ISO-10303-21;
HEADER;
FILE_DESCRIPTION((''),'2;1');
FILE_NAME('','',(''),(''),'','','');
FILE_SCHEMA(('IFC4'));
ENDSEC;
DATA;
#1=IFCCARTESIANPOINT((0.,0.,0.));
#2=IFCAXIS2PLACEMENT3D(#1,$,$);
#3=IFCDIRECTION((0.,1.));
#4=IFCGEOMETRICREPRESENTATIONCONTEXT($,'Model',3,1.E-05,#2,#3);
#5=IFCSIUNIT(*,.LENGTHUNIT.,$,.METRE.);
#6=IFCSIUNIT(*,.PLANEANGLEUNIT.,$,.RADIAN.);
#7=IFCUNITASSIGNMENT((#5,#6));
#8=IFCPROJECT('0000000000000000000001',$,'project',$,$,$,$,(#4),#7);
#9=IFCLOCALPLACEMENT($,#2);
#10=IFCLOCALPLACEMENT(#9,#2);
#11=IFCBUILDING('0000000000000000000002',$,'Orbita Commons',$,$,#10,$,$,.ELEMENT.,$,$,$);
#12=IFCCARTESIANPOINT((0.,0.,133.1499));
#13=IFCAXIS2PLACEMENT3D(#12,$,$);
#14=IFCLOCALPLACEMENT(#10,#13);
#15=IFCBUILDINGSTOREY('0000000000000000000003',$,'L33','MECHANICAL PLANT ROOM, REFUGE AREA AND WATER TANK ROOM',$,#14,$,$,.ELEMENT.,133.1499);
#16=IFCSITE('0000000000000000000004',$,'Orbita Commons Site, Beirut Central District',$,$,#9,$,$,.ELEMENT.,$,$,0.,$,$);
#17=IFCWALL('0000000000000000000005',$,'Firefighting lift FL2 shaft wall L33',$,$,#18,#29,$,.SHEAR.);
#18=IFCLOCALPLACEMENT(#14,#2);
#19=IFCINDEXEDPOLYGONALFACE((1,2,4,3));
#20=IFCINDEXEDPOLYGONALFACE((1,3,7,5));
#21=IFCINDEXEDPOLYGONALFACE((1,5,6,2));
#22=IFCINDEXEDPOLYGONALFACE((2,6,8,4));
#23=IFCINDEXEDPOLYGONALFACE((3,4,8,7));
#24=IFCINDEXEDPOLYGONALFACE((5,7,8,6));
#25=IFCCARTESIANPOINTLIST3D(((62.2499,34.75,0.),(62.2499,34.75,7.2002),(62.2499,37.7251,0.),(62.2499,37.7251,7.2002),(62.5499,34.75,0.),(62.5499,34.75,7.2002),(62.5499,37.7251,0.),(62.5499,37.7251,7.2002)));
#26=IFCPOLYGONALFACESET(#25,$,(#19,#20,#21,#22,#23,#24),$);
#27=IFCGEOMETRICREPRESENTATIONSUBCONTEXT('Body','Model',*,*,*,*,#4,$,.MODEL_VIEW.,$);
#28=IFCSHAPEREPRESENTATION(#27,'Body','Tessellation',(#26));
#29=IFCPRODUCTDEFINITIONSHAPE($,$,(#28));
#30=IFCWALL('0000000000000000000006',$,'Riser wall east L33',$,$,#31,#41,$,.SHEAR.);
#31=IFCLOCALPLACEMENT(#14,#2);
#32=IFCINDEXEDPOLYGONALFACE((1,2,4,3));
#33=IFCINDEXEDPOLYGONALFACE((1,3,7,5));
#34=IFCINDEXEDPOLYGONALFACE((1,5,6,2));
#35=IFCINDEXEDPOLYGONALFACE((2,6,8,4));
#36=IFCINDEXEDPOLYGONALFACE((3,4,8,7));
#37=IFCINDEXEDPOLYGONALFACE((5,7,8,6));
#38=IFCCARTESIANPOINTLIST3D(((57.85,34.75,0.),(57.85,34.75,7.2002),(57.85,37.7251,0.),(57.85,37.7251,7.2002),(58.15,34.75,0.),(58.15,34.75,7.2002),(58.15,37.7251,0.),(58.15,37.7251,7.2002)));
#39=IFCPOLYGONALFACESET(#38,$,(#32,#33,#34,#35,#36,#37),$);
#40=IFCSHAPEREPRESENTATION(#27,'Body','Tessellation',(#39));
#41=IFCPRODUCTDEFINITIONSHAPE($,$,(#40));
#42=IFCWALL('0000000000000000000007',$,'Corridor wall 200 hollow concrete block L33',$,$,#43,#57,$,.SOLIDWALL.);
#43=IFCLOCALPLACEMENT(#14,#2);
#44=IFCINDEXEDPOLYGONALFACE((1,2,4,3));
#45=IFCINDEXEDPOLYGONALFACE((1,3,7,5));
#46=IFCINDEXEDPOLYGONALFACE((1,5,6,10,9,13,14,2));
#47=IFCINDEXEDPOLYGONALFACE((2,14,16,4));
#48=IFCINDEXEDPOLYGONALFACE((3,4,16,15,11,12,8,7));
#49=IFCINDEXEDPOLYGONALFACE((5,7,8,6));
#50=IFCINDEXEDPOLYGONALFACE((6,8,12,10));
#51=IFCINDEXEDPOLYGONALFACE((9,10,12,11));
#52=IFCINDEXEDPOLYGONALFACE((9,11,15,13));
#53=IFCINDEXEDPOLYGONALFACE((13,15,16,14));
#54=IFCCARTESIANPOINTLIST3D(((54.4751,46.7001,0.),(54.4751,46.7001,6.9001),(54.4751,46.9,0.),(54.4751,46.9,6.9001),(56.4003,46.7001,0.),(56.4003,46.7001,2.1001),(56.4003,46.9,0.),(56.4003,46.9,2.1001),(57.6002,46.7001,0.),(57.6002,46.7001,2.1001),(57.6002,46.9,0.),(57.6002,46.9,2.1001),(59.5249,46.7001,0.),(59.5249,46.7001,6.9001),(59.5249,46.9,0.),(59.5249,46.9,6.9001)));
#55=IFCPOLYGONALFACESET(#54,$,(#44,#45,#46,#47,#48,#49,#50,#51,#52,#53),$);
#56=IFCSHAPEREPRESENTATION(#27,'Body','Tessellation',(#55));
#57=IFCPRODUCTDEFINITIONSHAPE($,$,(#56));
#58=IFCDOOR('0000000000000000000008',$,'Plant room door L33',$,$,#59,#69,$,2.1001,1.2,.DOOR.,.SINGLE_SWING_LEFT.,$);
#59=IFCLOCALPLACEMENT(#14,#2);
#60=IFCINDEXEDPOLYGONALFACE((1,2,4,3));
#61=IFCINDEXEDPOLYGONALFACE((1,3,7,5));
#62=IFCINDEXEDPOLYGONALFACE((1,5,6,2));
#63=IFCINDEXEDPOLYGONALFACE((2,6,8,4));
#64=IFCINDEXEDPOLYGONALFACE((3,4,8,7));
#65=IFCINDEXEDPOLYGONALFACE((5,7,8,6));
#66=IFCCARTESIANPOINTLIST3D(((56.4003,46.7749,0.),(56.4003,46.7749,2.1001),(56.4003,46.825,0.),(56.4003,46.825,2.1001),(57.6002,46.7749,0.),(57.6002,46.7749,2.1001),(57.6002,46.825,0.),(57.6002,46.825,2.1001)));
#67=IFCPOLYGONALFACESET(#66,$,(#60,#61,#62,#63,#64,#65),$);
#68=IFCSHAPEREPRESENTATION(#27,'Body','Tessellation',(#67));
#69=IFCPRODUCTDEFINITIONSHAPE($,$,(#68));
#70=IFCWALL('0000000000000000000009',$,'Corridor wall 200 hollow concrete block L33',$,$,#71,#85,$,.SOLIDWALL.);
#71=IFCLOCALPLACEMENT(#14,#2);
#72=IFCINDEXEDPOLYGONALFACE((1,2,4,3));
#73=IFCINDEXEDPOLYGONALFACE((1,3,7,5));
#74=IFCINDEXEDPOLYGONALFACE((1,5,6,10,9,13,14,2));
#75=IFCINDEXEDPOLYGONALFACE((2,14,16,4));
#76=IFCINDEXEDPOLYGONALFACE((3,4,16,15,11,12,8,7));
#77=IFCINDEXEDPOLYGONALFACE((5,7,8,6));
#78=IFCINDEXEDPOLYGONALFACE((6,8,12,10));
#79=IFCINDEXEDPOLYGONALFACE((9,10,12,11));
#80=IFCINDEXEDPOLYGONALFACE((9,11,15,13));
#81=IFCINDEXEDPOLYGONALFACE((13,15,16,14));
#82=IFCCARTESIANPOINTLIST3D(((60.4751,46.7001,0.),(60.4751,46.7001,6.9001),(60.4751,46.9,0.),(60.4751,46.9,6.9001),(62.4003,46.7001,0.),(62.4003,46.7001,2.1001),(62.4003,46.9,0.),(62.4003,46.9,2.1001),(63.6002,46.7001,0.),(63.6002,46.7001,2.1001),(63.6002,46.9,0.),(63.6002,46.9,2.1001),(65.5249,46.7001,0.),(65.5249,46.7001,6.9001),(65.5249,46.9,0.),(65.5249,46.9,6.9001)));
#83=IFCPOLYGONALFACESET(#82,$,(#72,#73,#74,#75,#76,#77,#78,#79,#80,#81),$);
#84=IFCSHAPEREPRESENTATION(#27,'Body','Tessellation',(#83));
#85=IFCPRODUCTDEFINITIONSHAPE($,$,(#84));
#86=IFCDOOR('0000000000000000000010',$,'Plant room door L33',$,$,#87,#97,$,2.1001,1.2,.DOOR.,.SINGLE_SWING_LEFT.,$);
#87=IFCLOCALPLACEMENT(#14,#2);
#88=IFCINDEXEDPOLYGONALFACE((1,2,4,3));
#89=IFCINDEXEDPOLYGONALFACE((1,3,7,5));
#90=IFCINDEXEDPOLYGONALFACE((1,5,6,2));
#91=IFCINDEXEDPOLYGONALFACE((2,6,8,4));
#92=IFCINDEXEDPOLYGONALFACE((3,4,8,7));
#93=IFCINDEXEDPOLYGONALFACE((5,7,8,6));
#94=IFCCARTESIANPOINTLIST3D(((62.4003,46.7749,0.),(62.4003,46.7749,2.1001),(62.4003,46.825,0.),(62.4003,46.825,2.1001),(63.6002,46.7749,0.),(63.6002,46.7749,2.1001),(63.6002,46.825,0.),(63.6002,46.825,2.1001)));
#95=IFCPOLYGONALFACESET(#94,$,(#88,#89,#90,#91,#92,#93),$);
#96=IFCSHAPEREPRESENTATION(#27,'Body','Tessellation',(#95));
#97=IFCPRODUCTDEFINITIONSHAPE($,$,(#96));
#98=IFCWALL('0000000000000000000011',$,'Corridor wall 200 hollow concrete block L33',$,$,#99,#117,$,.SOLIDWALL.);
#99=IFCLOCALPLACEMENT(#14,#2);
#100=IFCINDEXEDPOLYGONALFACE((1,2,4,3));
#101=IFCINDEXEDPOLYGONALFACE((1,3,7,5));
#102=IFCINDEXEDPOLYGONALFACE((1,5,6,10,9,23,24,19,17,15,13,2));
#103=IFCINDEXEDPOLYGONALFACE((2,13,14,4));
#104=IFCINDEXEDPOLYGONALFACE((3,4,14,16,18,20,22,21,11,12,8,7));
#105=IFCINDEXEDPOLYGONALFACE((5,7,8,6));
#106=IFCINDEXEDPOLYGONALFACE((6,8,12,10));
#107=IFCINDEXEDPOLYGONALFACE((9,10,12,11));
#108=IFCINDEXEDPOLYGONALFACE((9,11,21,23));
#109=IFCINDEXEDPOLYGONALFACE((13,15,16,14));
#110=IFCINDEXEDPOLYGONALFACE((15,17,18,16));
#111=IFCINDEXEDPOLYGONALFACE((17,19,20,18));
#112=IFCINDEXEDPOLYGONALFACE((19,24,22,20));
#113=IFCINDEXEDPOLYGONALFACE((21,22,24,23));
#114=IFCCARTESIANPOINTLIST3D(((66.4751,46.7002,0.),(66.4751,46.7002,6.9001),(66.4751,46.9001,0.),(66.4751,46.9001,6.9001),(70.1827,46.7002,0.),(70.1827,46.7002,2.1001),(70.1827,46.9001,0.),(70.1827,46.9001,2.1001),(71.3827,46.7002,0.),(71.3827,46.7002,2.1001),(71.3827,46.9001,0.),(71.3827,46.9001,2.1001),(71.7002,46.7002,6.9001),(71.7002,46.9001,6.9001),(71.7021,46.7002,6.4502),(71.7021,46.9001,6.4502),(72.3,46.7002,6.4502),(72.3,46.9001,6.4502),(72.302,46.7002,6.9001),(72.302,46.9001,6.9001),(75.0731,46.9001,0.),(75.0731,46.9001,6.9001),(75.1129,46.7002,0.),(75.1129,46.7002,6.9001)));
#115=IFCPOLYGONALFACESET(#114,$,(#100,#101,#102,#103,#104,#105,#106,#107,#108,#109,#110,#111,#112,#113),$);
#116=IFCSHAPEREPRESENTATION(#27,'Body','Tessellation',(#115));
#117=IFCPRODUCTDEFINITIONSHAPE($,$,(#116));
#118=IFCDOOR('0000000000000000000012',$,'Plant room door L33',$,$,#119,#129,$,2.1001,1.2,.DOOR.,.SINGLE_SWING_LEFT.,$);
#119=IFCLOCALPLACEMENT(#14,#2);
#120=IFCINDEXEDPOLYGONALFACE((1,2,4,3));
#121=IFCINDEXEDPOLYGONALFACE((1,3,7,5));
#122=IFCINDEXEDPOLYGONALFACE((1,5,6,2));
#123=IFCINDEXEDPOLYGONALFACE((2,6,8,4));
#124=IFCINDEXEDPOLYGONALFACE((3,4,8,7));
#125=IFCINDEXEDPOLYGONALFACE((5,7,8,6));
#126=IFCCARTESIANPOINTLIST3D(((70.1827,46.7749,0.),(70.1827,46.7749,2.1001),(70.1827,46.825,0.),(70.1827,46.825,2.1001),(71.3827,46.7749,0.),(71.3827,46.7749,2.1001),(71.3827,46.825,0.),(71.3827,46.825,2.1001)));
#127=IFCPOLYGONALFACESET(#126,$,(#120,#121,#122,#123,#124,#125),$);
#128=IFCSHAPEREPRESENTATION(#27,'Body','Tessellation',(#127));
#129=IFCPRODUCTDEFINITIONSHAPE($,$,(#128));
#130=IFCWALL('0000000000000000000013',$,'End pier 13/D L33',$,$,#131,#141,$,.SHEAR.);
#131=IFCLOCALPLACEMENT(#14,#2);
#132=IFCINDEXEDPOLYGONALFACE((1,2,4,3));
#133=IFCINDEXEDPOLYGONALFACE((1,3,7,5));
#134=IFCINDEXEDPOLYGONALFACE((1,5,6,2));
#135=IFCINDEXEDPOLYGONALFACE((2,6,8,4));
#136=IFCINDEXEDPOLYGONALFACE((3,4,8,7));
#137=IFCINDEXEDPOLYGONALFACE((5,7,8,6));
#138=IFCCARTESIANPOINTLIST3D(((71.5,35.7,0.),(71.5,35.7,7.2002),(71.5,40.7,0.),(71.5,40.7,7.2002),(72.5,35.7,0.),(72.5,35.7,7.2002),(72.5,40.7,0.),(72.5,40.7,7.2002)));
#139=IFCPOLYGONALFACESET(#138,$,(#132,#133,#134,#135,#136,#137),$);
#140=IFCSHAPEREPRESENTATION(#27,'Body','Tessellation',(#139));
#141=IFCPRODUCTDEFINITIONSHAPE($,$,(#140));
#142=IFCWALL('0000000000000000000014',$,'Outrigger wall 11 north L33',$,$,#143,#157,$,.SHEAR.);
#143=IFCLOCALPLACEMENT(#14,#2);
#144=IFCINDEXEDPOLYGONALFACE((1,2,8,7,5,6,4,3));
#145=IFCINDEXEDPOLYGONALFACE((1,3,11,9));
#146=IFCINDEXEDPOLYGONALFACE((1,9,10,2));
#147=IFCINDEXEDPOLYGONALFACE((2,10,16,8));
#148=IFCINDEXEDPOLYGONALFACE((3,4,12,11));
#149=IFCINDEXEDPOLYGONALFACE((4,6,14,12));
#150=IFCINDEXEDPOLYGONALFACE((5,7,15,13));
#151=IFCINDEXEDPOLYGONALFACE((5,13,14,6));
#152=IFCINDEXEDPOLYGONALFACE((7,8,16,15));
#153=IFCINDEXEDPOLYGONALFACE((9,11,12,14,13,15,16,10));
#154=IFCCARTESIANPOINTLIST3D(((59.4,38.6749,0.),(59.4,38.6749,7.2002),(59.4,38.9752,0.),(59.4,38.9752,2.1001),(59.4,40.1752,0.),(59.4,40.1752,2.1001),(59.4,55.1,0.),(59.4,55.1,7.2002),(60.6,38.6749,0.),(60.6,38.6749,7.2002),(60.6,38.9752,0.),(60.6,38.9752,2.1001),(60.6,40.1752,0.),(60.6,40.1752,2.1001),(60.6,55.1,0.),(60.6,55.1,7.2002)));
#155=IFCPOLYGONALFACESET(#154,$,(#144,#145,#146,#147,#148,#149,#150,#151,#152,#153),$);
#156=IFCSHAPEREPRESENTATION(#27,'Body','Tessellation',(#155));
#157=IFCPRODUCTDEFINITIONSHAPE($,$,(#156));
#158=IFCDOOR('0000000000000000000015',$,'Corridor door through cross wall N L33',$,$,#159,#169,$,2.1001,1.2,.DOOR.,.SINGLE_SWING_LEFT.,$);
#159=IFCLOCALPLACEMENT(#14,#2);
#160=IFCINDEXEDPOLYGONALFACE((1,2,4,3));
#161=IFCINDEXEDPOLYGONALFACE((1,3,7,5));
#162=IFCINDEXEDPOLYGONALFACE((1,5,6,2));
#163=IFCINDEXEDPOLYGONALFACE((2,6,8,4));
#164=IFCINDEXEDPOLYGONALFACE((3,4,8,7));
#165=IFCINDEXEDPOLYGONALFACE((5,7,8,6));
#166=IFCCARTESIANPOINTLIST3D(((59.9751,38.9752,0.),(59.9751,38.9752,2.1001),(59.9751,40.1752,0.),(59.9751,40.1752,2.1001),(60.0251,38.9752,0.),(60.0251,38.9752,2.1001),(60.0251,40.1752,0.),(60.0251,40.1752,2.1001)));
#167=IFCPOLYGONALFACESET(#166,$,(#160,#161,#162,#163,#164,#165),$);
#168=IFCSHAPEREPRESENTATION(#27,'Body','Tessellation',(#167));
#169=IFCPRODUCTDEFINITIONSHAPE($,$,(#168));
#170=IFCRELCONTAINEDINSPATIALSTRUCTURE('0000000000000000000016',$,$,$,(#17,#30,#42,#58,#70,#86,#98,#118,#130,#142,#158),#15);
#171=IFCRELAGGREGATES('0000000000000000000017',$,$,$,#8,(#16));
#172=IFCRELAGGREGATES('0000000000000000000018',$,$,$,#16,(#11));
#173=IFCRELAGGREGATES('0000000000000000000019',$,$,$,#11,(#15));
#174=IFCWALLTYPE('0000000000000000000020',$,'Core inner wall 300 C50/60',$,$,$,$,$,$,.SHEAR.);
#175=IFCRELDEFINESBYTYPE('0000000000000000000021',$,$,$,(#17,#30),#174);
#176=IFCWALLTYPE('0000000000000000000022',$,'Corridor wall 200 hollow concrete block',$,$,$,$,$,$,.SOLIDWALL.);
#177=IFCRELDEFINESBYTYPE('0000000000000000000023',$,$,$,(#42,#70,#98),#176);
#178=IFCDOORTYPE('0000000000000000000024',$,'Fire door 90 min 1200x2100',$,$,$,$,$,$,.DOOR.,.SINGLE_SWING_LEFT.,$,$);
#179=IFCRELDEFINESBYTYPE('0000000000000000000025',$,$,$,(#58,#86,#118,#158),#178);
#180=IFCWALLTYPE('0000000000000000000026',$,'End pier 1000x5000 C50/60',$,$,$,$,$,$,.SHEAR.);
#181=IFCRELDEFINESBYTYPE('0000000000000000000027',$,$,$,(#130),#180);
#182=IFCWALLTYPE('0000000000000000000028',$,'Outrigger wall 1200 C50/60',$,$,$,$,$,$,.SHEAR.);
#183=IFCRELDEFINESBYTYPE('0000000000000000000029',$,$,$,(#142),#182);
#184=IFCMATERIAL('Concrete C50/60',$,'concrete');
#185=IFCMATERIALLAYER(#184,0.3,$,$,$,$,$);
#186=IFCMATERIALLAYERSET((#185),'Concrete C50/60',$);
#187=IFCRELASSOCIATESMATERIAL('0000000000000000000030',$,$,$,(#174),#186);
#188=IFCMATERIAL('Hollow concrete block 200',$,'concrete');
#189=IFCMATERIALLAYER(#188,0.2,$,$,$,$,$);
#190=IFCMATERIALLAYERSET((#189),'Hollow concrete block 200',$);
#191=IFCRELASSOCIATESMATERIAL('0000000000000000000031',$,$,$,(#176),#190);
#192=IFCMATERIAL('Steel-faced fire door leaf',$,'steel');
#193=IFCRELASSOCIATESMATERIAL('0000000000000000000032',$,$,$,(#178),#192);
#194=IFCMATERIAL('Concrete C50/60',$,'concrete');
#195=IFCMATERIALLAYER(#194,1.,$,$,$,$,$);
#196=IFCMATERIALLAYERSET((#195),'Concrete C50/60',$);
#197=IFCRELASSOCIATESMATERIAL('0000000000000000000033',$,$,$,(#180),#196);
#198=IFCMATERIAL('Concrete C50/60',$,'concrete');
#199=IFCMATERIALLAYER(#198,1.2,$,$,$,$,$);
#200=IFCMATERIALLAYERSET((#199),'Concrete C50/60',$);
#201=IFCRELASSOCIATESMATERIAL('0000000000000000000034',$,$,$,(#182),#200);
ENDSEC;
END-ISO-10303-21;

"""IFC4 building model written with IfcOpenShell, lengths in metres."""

from ifc_helpers import new_model, si_unit, direction, frame, frame_2d, origin, place, context, subcontext, project, spatial, polyline, rectangle, outline, extrude, clip, halfspace, material, layer, layer_set, type_object, element, fill, save


model = new_model("IFC4")

# Units and contexts
model_context = context("Model", 3, precision=1e-05, world=origin(), true_north=direction((0.0, 1.0)))
body_context = subcontext(model_context, "Body", "Model", "MODEL_VIEW")
ifc_project = project(units=[si_unit("LENGTHUNIT", "METRE"), si_unit("PLANEANGLEUNIT", "RADIAN")], contexts=[model_context])

# Site, building, storey
site_placement = place(None, origin())
site = spatial("IfcSite", under=ifc_project, at=site_placement, Name="Orbita Commons Site, Beirut Central District", CompositionType="ELEMENT", RefElevation=0.0)
building_placement = place(site_placement, origin())
building = spatial("IfcBuilding", under=site, at=building_placement, Name="Orbita Commons", CompositionType="ELEMENT")
storey_placement = place(building_placement, frame((0.0, 0.0, 133.1499)))
storey = spatial("IfcBuildingStorey", under=building, at=storey_placement, Name="L33", Description="MECHANICAL PLANT ROOM, REFUGE AREA AND WATER TANK ROOM", CompositionType="ELEMENT", Elevation=133.1499)

# Shared definitions
ifc_material_1 = material(Name="Concrete C50/60", Category="concrete")
ifc_layer_1 = layer(ifc_material_1, 0.3)
ifc_layer_set_1 = layer_set([ifc_layer_1], Name="Concrete C50/60")
wall_type_1 = type_object("IfcWallType", Name="Core inner wall 300 C50/60", PredefinedType="SHEAR", material=ifc_layer_set_1)

# Walls
for number, where, z_axis, x_axis, name in (
    (1, (62.3999, 34.75, 0.0), (0.0, 0.0, 1.0), (0.0, 1.0, 0.0), "Firefighting lift FL2 shaft wall L33"),
    (2, (58.0, 34.75, 0.0), (0.0, 0.0, 1.0), (0.0, 1.0, 0.0), "Riser wall east L33"),
):
    element("IfcWall", number, at=place(storey_placement, frame(where, z_axis=z_axis, x_axis=x_axis)), inside=storey, type_object=wall_type_1, Name=name, PredefinedType="SHEAR", context=body_context, shape_type="SweptSolid", body=[
        extrude(rectangle(XDim=2.9751, YDim=0.3, at=frame_2d((1.4875, 0.0))), origin(), (0.0, 0.0, 1.0), 7.2002),
    ])

# Walls, openings, doors
ifc_material_2 = material(Name="Hollow concrete block 200", Category="concrete")
ifc_layer_2 = layer(ifc_material_2, 0.2)
ifc_layer_set_2 = layer_set([ifc_layer_2], Name="Hollow concrete block 200")
wall_type_2 = type_object("IfcWallType", Name="Corridor wall 200 hollow concrete block", PredefinedType="SOLIDWALL", material=ifc_layer_set_2)
wall_1_placement = place(storey_placement, frame((54.4751, 46.8, 0.0), z_axis=(0.0, 0.0, 1.0), x_axis=(1.0, 0.0, 0.0)))
wall_1 = element("IfcWall", 3, at=wall_1_placement, inside=storey, type_object=wall_type_2, Name="Corridor wall 200 hollow concrete block L33", PredefinedType="SOLIDWALL", context=body_context, shape_type="SweptSolid", body=[
    extrude(rectangle(XDim=5.0498, YDim=0.2, at=frame_2d((2.5249, 0.0))), origin(), (0.0, 0.0, 1.0), 6.9001),
])
opening_1_placement = place(wall_1_placement, frame((1.925, 0.0, 0.0)))
opening_1 = element("IfcOpeningElement", 4, at=opening_1_placement, cuts=wall_1, PredefinedType="OPENING", context=body_context, shape_type="SweptSolid", body=[
    extrude(rectangle(XDim=1.2, YDim=2.1001, at=frame_2d((0.6001, 1.05))), frame((0.0, 0.1099, 0.0), z_axis=(0.0, -1.0, 0.0), x_axis=(1.0, 0.0, 0.0)), (0.0, 0.0, 1.0), 0.22),
])
ifc_material_3 = material(Name="Steel-faced fire door leaf", Category="steel")
door_type_1 = type_object("IfcDoorType", Name="Fire door 90 min 1200x2100", OperationType="SINGLE_SWING_LEFT", PredefinedType="DOOR", material=ifc_material_3)
door_1_placement = place(opening_1_placement, origin())
door_1 = element("IfcDoor", 5, at=door_1_placement, inside=storey, type_object=door_type_1, Name="Plant room door L33", OperationType="SINGLE_SWING_LEFT", OverallHeight=2.1001, OverallWidth=1.2, PredefinedType="DOOR", context=body_context, shape_type="SweptSolid", body=[
    extrude(rectangle(XDim=1.2, YDim=2.1001, at=frame_2d((0.6001, 1.05))), frame((0.0, 0.0249, 0.0), z_axis=(0.0, -1.0, 0.0), x_axis=(1.0, 0.0, 0.0)), (0.0, 0.0, 1.0), 0.05),
])
fill(opening_1, door_1)
wall_2_placement = place(storey_placement, frame((60.4751, 46.8, 0.0), z_axis=(0.0, 0.0, 1.0), x_axis=(1.0, 0.0, 0.0)))
wall_2 = element("IfcWall", 6, at=wall_2_placement, inside=storey, type_object=wall_type_2, Name="Corridor wall 200 hollow concrete block L33", PredefinedType="SOLIDWALL", context=body_context, shape_type="SweptSolid", body=[
    extrude(rectangle(XDim=5.0498, YDim=0.2, at=frame_2d((2.5249, 0.0))), origin(), (0.0, 0.0, 1.0), 6.9001),
])
opening_2_placement = place(wall_2_placement, frame((1.925, 0.0, 0.0)))
opening_2 = element("IfcOpeningElement", 7, at=opening_2_placement, cuts=wall_2, PredefinedType="OPENING", context=body_context, shape_type="SweptSolid", body=[
    extrude(rectangle(XDim=1.2, YDim=2.1001, at=frame_2d((0.6001, 1.05))), frame((0.0, 0.1099, 0.0), z_axis=(0.0, -1.0, 0.0), x_axis=(1.0, 0.0, 0.0)), (0.0, 0.0, 1.0), 0.22),
])
door_2_placement = place(opening_2_placement, origin())
door_2 = element("IfcDoor", 8, at=door_2_placement, inside=storey, type_object=door_type_1, Name="Plant room door L33", OperationType="SINGLE_SWING_LEFT", OverallHeight=2.1001, OverallWidth=1.2, PredefinedType="DOOR", context=body_context, shape_type="SweptSolid", body=[
    extrude(rectangle(XDim=1.2, YDim=2.1001, at=frame_2d((0.6001, 1.05))), frame((0.0, 0.0249, 0.0), z_axis=(0.0, -1.0, 0.0), x_axis=(1.0, 0.0, 0.0)), (0.0, 0.0, 1.0), 0.05),
])
fill(opening_2, door_2)
wall_3_placement = place(storey_placement, frame((66.4751, 46.8, 0.0), z_axis=(0.0, 0.0, 1.0), x_axis=(1.0, 0.0, 0.0)))
wall_3 = element("IfcWall", 9, at=wall_3_placement, inside=storey, type_object=wall_type_2, Name="Corridor wall 200 hollow concrete block L33", PredefinedType="SOLIDWALL", context=body_context, shape_type="Clipping", body=[
    clip(clip(extrude(outline(polyline([(-0.0298, 0.0), (8.6477, 0.0), (8.6477, 6.9001), (5.8269, 6.9001), (5.825, 6.4502), (5.2271, 6.4502), (5.2251, 6.9001), (-0.0298, 6.9001), (-0.0298, 0.0)])), frame((0.0, 0.1001, 0.0), z_axis=(0.0, -1.0, 0.0), x_axis=(1.0, 0.0, 0.0)), (0.0, 0.0, 1.0), 0.2), halfspace(frame((0.0, 0.0, 0.0), z_axis=(-1.0, 0.0, 0.0)), False)), halfspace(frame((8.6179, 0.0, 0.0), z_axis=(0.980788, 0.195078, 0.0)), False)),
])
opening_3_placement = place(wall_3_placement, frame((3.7075, 0.0, 0.0)))
opening_3 = element("IfcOpeningElement", 10, at=opening_3_placement, cuts=wall_3, PredefinedType="OPENING", context=body_context, shape_type="SweptSolid", body=[
    extrude(rectangle(XDim=1.2, YDim=2.1001, at=frame_2d((0.6001, 1.05))), frame((0.0, 0.1099, 0.0), z_axis=(0.0, -1.0, 0.0), x_axis=(1.0, 0.0, 0.0)), (0.0, 0.0, 1.0), 0.22),
])
door_3_placement = place(opening_3_placement, origin())
door_3 = element("IfcDoor", 11, at=door_3_placement, inside=storey, type_object=door_type_1, Name="Plant room door L33", OperationType="SINGLE_SWING_LEFT", OverallHeight=2.1001, OverallWidth=1.2, PredefinedType="DOOR", context=body_context, shape_type="SweptSolid", body=[
    extrude(rectangle(XDim=1.2, YDim=2.1001, at=frame_2d((0.6001, 1.05))), frame((0.0, 0.0249, 0.0), z_axis=(0.0, -1.0, 0.0), x_axis=(1.0, 0.0, 0.0)), (0.0, 0.0, 1.0), 0.05),
])
fill(opening_3, door_3)

# Wall
ifc_material_4 = material(Name="Concrete C50/60", Category="concrete")
ifc_layer_3 = layer(ifc_material_4, 1.0)
ifc_layer_set_3 = layer_set([ifc_layer_3], Name="Concrete C50/60")
wall_type_3 = type_object("IfcWallType", Name="End pier 1000x5000 C50/60", PredefinedType="SHEAR", material=ifc_layer_set_3)
wall_4_placement = place(storey_placement, frame((72.0, 35.7, 0.0), z_axis=(0.0, 0.0, 1.0), x_axis=(0.0, 1.0, 0.0)))
element("IfcWall", 12, at=wall_4_placement, inside=storey, type_object=wall_type_3, Name="End pier 13/D L33", PredefinedType="SHEAR", context=body_context, shape_type="SweptSolid", body=[
    extrude(rectangle(XDim=5.0, YDim=1.0, at=frame_2d((2.5, 0.0))), origin(), (0.0, 0.0, 1.0), 7.2002),
])

# Wall, opening, door
ifc_material_5 = material(Name="Concrete C50/60", Category="concrete")
ifc_layer_4 = layer(ifc_material_5, 1.2)
ifc_layer_set_4 = layer_set([ifc_layer_4], Name="Concrete C50/60")
wall_type_4 = type_object("IfcWallType", Name="Outrigger wall 1200 C50/60", PredefinedType="SHEAR", material=ifc_layer_set_4)
wall_5_placement = place(storey_placement, frame((60.0, 38.675, 0.0), z_axis=(0.0, 0.0, 1.0), x_axis=(0.0, 1.0, 0.0)))
wall_5 = element("IfcWall", 13, at=wall_5_placement, inside=storey, type_object=wall_type_4, Name="Outrigger wall 11 north L33", PredefinedType="SHEAR", context=body_context, shape_type="SweptSolid", body=[
    extrude(rectangle(XDim=16.425, YDim=1.2, at=frame_2d((8.2124, 0.0))), origin(), (0.0, 0.0, 1.0), 7.2002),
])
opening_4_placement = place(wall_5_placement, frame((0.3, 0.0, 0.0)))
opening_4 = element("IfcOpeningElement", 14, at=opening_4_placement, cuts=wall_5, PredefinedType="OPENING", context=body_context, shape_type="SweptSolid", body=[
    extrude(rectangle(XDim=1.2, YDim=2.1001, at=frame_2d((0.6001, 1.05))), frame((0.0, 0.6099, 0.0), z_axis=(0.0, -1.0, 0.0), x_axis=(1.0, 0.0, 0.0)), (0.0, 0.0, 1.0), 1.22),
])
door_4_placement = place(opening_4_placement, origin())
door_4 = element("IfcDoor", 15, at=door_4_placement, inside=storey, type_object=door_type_1, Name="Corridor door through cross wall N L33", OperationType="SINGLE_SWING_LEFT", OverallHeight=2.1001, OverallWidth=1.2, PredefinedType="DOOR", context=body_context, shape_type="SweptSolid", body=[
    extrude(rectangle(XDim=1.2, YDim=2.1001, at=frame_2d((0.6001, 1.05))), frame((0.0, 0.0249, 0.0), z_axis=(0.0, -1.0, 0.0), x_axis=(1.0, 0.0, 0.0)), (0.0, 0.0, 1.0), 0.05),
])
fill(opening_4, door_4)

save(model, "model.ifc")
